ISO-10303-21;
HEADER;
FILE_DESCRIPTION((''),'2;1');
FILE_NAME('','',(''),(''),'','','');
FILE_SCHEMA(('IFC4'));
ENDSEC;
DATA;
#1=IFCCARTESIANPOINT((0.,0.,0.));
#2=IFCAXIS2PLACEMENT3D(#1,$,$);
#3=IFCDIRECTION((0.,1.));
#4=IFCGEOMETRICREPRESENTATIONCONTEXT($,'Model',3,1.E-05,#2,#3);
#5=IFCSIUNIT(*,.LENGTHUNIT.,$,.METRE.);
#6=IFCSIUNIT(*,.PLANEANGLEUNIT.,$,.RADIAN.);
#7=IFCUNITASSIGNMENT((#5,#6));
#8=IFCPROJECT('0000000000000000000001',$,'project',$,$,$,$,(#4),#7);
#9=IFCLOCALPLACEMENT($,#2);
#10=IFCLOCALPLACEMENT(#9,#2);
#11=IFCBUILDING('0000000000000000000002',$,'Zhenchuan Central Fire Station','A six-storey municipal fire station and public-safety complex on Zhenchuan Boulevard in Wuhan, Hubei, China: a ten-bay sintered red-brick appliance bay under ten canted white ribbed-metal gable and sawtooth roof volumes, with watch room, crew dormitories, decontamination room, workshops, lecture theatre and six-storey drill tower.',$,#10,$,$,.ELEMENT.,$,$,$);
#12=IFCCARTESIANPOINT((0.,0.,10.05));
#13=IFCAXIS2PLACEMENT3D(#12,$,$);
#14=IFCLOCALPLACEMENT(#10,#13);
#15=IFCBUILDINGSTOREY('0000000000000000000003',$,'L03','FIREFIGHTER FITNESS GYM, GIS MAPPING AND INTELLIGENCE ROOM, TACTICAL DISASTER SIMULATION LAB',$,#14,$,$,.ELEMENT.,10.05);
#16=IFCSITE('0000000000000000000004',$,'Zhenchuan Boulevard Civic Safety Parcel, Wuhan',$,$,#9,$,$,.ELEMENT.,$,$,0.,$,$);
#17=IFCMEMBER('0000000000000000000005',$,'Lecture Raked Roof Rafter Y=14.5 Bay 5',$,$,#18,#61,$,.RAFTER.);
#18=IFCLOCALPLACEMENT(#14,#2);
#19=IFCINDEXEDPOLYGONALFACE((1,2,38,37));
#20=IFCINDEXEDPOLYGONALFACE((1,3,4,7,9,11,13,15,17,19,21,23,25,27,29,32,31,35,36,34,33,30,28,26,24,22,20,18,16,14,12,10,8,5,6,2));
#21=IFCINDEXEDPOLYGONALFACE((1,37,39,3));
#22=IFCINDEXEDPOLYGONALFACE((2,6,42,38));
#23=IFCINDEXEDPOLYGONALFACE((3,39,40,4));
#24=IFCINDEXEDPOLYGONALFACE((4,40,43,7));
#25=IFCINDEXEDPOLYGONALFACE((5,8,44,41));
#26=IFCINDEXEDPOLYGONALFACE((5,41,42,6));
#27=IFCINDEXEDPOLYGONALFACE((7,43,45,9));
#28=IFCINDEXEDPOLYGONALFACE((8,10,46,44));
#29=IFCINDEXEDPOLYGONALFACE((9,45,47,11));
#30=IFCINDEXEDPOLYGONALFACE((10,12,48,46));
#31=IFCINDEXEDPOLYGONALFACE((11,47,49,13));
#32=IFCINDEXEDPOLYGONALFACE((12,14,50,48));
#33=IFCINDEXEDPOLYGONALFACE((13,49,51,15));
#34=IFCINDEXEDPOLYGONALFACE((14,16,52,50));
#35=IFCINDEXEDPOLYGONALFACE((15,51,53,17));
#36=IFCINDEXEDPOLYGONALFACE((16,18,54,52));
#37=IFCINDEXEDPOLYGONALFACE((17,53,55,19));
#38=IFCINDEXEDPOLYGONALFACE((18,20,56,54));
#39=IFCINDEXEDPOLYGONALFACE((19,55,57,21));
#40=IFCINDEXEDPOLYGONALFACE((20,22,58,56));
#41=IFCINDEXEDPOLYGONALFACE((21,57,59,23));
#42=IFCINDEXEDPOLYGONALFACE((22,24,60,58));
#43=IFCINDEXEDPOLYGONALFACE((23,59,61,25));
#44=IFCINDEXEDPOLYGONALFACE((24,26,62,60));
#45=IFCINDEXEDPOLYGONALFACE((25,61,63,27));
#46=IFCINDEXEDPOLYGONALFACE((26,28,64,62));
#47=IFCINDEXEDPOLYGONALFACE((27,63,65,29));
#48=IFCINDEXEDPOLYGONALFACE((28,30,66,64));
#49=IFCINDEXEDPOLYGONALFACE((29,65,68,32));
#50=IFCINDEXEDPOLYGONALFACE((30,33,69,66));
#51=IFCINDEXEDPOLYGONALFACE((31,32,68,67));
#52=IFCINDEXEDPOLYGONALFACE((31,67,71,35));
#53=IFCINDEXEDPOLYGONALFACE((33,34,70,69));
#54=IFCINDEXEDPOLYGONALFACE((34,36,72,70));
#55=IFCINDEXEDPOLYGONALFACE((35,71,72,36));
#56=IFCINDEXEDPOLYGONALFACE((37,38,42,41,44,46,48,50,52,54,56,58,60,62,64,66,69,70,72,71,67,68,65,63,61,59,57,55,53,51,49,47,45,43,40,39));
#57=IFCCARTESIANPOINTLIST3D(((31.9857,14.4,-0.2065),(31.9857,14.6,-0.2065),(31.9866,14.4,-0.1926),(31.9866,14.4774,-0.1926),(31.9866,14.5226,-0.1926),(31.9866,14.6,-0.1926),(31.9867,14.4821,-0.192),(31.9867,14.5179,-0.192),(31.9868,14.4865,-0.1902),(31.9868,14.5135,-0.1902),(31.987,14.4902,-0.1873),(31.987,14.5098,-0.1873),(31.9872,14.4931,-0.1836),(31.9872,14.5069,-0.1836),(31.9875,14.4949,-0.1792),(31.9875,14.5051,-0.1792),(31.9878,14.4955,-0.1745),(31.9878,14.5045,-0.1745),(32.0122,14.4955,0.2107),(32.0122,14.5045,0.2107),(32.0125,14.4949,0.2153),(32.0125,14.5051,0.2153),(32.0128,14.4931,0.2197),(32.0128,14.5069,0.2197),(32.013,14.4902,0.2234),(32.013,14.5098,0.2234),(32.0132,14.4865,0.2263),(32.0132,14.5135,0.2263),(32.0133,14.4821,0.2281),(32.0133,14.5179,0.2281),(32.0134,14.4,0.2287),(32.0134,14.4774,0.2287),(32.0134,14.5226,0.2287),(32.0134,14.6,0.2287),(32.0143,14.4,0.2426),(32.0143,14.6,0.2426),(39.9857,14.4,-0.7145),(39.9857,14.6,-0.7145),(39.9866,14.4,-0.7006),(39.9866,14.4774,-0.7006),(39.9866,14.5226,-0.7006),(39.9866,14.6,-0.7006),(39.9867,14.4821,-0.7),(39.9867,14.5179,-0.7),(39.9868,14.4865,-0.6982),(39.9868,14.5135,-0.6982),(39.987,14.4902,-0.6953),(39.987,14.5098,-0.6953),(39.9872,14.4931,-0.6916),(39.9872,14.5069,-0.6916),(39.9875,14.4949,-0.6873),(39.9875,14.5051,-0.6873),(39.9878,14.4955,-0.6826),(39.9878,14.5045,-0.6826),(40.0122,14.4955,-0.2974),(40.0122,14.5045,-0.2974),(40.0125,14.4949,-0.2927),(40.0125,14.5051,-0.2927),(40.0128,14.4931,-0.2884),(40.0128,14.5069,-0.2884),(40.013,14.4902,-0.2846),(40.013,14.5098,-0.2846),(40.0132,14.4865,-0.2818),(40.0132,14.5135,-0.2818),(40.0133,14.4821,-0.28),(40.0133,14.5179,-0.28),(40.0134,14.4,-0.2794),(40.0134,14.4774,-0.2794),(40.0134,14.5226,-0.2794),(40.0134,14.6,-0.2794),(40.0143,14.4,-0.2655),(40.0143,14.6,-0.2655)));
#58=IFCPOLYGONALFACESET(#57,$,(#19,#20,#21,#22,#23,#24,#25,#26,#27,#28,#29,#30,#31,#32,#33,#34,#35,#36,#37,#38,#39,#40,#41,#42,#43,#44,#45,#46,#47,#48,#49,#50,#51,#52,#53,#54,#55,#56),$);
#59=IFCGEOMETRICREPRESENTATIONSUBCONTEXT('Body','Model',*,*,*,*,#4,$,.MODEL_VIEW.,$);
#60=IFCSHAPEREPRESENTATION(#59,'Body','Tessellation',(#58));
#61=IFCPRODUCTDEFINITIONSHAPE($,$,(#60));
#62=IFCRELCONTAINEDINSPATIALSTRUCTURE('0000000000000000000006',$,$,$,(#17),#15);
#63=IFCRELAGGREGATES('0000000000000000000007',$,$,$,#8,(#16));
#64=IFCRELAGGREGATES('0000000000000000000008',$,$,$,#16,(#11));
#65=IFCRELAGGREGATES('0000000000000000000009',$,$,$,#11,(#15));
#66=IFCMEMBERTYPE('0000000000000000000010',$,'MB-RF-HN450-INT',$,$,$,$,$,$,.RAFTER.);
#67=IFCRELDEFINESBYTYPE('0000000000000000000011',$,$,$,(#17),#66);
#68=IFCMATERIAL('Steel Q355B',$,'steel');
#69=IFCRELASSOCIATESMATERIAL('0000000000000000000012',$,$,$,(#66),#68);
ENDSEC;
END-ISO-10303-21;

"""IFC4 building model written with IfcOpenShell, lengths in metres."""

from ifc_helpers import new_model, si_unit, direction, frame, origin, origin_2d, place, context, subcontext, project, spatial, i_section, extrude, material, material_profile, profile_set, type_object, element, save


model = new_model("IFC4")

# Units and contexts
model_context = context("Model", 3, precision=1e-05, world=origin(), true_north=direction((0.0, 1.0)))
body_context = subcontext(model_context, "Body", "Model", "MODEL_VIEW")
ifc_project = project(units=[si_unit("LENGTHUNIT", "METRE"), si_unit("PLANEANGLEUNIT", "RADIAN")], contexts=[model_context])

# Site, building, storey
site_placement = place(None, origin())
site = spatial("IfcSite", under=ifc_project, at=site_placement, Name="Zhenchuan Boulevard Civic Safety Parcel, Wuhan", CompositionType="ELEMENT", RefElevation=0.0)
building_placement = place(site_placement, origin())
building = spatial("IfcBuilding", under=site, at=building_placement, Name="Zhenchuan Central Fire Station", Description="A six-storey municipal fire station and public-safety complex on Zhenchuan Boulevard in Wuhan, Hubei, China: a ten-bay sintered red-brick appliance bay under ten canted white ribbed-metal gable and sawtooth roof volumes, with watch room, crew dormitories, decontamination room, workshops, lecture theatre and six-storey drill tower.", CompositionType="ELEMENT")
storey_placement = place(building_placement, frame((0.0, 0.0, 10.05)))
storey = spatial("IfcBuildingStorey", under=building, at=storey_placement, Name="L03", Description="FIREFIGHTER FITNESS GYM, GIS MAPPING AND INTELLIGENCE ROOM, TACTICAL DISASTER SIMULATION LAB", CompositionType="ELEMENT", Elevation=10.05)

# Shared definitions
ifc_material = material(Name="Steel Q355B", Category="steel")

# Member
ifc_material_profile_1 = material_profile(ifc_material, i_section(OverallWidth=0.2, OverallDepth=0.45, WebThickness=0.009, FlangeThickness=0.0139, FilletRadius=0.0181, at=origin_2d()), Name="HN 450x200")
ifc_profile_set_1 = profile_set([ifc_material_profile_1], Name="Steel Q355B")
member_type_1 = type_object("IfcMemberType", Name="MB-RF-HN450-INT", PredefinedType="RAFTER", material=ifc_profile_set_1)
for number, where, z_axis, x_axis, name in (
    (1, (32.0, 14.5, 0.0181), (0.99799, 0.0, -0.063379), (0.0, 1.0, 0.0), "Lecture Raked Roof Rafter Y=14.5 Bay 5"),
):
    element("IfcMember", number, at=place(storey_placement, frame(where, z_axis=z_axis, x_axis=x_axis)), inside=storey, type_object=member_type_1, Name=name, PredefinedType="RAFTER", context=body_context, shape_type="SweptSolid", body=[
        extrude(i_section(OverallWidth=0.2, OverallDepth=0.45, WebThickness=0.009, FlangeThickness=0.0139, FilletRadius=0.0181, at=origin_2d()), origin(), (0.0, 0.0, 1.0), 8.0161),
    ])

save(model, "model.ifc")
